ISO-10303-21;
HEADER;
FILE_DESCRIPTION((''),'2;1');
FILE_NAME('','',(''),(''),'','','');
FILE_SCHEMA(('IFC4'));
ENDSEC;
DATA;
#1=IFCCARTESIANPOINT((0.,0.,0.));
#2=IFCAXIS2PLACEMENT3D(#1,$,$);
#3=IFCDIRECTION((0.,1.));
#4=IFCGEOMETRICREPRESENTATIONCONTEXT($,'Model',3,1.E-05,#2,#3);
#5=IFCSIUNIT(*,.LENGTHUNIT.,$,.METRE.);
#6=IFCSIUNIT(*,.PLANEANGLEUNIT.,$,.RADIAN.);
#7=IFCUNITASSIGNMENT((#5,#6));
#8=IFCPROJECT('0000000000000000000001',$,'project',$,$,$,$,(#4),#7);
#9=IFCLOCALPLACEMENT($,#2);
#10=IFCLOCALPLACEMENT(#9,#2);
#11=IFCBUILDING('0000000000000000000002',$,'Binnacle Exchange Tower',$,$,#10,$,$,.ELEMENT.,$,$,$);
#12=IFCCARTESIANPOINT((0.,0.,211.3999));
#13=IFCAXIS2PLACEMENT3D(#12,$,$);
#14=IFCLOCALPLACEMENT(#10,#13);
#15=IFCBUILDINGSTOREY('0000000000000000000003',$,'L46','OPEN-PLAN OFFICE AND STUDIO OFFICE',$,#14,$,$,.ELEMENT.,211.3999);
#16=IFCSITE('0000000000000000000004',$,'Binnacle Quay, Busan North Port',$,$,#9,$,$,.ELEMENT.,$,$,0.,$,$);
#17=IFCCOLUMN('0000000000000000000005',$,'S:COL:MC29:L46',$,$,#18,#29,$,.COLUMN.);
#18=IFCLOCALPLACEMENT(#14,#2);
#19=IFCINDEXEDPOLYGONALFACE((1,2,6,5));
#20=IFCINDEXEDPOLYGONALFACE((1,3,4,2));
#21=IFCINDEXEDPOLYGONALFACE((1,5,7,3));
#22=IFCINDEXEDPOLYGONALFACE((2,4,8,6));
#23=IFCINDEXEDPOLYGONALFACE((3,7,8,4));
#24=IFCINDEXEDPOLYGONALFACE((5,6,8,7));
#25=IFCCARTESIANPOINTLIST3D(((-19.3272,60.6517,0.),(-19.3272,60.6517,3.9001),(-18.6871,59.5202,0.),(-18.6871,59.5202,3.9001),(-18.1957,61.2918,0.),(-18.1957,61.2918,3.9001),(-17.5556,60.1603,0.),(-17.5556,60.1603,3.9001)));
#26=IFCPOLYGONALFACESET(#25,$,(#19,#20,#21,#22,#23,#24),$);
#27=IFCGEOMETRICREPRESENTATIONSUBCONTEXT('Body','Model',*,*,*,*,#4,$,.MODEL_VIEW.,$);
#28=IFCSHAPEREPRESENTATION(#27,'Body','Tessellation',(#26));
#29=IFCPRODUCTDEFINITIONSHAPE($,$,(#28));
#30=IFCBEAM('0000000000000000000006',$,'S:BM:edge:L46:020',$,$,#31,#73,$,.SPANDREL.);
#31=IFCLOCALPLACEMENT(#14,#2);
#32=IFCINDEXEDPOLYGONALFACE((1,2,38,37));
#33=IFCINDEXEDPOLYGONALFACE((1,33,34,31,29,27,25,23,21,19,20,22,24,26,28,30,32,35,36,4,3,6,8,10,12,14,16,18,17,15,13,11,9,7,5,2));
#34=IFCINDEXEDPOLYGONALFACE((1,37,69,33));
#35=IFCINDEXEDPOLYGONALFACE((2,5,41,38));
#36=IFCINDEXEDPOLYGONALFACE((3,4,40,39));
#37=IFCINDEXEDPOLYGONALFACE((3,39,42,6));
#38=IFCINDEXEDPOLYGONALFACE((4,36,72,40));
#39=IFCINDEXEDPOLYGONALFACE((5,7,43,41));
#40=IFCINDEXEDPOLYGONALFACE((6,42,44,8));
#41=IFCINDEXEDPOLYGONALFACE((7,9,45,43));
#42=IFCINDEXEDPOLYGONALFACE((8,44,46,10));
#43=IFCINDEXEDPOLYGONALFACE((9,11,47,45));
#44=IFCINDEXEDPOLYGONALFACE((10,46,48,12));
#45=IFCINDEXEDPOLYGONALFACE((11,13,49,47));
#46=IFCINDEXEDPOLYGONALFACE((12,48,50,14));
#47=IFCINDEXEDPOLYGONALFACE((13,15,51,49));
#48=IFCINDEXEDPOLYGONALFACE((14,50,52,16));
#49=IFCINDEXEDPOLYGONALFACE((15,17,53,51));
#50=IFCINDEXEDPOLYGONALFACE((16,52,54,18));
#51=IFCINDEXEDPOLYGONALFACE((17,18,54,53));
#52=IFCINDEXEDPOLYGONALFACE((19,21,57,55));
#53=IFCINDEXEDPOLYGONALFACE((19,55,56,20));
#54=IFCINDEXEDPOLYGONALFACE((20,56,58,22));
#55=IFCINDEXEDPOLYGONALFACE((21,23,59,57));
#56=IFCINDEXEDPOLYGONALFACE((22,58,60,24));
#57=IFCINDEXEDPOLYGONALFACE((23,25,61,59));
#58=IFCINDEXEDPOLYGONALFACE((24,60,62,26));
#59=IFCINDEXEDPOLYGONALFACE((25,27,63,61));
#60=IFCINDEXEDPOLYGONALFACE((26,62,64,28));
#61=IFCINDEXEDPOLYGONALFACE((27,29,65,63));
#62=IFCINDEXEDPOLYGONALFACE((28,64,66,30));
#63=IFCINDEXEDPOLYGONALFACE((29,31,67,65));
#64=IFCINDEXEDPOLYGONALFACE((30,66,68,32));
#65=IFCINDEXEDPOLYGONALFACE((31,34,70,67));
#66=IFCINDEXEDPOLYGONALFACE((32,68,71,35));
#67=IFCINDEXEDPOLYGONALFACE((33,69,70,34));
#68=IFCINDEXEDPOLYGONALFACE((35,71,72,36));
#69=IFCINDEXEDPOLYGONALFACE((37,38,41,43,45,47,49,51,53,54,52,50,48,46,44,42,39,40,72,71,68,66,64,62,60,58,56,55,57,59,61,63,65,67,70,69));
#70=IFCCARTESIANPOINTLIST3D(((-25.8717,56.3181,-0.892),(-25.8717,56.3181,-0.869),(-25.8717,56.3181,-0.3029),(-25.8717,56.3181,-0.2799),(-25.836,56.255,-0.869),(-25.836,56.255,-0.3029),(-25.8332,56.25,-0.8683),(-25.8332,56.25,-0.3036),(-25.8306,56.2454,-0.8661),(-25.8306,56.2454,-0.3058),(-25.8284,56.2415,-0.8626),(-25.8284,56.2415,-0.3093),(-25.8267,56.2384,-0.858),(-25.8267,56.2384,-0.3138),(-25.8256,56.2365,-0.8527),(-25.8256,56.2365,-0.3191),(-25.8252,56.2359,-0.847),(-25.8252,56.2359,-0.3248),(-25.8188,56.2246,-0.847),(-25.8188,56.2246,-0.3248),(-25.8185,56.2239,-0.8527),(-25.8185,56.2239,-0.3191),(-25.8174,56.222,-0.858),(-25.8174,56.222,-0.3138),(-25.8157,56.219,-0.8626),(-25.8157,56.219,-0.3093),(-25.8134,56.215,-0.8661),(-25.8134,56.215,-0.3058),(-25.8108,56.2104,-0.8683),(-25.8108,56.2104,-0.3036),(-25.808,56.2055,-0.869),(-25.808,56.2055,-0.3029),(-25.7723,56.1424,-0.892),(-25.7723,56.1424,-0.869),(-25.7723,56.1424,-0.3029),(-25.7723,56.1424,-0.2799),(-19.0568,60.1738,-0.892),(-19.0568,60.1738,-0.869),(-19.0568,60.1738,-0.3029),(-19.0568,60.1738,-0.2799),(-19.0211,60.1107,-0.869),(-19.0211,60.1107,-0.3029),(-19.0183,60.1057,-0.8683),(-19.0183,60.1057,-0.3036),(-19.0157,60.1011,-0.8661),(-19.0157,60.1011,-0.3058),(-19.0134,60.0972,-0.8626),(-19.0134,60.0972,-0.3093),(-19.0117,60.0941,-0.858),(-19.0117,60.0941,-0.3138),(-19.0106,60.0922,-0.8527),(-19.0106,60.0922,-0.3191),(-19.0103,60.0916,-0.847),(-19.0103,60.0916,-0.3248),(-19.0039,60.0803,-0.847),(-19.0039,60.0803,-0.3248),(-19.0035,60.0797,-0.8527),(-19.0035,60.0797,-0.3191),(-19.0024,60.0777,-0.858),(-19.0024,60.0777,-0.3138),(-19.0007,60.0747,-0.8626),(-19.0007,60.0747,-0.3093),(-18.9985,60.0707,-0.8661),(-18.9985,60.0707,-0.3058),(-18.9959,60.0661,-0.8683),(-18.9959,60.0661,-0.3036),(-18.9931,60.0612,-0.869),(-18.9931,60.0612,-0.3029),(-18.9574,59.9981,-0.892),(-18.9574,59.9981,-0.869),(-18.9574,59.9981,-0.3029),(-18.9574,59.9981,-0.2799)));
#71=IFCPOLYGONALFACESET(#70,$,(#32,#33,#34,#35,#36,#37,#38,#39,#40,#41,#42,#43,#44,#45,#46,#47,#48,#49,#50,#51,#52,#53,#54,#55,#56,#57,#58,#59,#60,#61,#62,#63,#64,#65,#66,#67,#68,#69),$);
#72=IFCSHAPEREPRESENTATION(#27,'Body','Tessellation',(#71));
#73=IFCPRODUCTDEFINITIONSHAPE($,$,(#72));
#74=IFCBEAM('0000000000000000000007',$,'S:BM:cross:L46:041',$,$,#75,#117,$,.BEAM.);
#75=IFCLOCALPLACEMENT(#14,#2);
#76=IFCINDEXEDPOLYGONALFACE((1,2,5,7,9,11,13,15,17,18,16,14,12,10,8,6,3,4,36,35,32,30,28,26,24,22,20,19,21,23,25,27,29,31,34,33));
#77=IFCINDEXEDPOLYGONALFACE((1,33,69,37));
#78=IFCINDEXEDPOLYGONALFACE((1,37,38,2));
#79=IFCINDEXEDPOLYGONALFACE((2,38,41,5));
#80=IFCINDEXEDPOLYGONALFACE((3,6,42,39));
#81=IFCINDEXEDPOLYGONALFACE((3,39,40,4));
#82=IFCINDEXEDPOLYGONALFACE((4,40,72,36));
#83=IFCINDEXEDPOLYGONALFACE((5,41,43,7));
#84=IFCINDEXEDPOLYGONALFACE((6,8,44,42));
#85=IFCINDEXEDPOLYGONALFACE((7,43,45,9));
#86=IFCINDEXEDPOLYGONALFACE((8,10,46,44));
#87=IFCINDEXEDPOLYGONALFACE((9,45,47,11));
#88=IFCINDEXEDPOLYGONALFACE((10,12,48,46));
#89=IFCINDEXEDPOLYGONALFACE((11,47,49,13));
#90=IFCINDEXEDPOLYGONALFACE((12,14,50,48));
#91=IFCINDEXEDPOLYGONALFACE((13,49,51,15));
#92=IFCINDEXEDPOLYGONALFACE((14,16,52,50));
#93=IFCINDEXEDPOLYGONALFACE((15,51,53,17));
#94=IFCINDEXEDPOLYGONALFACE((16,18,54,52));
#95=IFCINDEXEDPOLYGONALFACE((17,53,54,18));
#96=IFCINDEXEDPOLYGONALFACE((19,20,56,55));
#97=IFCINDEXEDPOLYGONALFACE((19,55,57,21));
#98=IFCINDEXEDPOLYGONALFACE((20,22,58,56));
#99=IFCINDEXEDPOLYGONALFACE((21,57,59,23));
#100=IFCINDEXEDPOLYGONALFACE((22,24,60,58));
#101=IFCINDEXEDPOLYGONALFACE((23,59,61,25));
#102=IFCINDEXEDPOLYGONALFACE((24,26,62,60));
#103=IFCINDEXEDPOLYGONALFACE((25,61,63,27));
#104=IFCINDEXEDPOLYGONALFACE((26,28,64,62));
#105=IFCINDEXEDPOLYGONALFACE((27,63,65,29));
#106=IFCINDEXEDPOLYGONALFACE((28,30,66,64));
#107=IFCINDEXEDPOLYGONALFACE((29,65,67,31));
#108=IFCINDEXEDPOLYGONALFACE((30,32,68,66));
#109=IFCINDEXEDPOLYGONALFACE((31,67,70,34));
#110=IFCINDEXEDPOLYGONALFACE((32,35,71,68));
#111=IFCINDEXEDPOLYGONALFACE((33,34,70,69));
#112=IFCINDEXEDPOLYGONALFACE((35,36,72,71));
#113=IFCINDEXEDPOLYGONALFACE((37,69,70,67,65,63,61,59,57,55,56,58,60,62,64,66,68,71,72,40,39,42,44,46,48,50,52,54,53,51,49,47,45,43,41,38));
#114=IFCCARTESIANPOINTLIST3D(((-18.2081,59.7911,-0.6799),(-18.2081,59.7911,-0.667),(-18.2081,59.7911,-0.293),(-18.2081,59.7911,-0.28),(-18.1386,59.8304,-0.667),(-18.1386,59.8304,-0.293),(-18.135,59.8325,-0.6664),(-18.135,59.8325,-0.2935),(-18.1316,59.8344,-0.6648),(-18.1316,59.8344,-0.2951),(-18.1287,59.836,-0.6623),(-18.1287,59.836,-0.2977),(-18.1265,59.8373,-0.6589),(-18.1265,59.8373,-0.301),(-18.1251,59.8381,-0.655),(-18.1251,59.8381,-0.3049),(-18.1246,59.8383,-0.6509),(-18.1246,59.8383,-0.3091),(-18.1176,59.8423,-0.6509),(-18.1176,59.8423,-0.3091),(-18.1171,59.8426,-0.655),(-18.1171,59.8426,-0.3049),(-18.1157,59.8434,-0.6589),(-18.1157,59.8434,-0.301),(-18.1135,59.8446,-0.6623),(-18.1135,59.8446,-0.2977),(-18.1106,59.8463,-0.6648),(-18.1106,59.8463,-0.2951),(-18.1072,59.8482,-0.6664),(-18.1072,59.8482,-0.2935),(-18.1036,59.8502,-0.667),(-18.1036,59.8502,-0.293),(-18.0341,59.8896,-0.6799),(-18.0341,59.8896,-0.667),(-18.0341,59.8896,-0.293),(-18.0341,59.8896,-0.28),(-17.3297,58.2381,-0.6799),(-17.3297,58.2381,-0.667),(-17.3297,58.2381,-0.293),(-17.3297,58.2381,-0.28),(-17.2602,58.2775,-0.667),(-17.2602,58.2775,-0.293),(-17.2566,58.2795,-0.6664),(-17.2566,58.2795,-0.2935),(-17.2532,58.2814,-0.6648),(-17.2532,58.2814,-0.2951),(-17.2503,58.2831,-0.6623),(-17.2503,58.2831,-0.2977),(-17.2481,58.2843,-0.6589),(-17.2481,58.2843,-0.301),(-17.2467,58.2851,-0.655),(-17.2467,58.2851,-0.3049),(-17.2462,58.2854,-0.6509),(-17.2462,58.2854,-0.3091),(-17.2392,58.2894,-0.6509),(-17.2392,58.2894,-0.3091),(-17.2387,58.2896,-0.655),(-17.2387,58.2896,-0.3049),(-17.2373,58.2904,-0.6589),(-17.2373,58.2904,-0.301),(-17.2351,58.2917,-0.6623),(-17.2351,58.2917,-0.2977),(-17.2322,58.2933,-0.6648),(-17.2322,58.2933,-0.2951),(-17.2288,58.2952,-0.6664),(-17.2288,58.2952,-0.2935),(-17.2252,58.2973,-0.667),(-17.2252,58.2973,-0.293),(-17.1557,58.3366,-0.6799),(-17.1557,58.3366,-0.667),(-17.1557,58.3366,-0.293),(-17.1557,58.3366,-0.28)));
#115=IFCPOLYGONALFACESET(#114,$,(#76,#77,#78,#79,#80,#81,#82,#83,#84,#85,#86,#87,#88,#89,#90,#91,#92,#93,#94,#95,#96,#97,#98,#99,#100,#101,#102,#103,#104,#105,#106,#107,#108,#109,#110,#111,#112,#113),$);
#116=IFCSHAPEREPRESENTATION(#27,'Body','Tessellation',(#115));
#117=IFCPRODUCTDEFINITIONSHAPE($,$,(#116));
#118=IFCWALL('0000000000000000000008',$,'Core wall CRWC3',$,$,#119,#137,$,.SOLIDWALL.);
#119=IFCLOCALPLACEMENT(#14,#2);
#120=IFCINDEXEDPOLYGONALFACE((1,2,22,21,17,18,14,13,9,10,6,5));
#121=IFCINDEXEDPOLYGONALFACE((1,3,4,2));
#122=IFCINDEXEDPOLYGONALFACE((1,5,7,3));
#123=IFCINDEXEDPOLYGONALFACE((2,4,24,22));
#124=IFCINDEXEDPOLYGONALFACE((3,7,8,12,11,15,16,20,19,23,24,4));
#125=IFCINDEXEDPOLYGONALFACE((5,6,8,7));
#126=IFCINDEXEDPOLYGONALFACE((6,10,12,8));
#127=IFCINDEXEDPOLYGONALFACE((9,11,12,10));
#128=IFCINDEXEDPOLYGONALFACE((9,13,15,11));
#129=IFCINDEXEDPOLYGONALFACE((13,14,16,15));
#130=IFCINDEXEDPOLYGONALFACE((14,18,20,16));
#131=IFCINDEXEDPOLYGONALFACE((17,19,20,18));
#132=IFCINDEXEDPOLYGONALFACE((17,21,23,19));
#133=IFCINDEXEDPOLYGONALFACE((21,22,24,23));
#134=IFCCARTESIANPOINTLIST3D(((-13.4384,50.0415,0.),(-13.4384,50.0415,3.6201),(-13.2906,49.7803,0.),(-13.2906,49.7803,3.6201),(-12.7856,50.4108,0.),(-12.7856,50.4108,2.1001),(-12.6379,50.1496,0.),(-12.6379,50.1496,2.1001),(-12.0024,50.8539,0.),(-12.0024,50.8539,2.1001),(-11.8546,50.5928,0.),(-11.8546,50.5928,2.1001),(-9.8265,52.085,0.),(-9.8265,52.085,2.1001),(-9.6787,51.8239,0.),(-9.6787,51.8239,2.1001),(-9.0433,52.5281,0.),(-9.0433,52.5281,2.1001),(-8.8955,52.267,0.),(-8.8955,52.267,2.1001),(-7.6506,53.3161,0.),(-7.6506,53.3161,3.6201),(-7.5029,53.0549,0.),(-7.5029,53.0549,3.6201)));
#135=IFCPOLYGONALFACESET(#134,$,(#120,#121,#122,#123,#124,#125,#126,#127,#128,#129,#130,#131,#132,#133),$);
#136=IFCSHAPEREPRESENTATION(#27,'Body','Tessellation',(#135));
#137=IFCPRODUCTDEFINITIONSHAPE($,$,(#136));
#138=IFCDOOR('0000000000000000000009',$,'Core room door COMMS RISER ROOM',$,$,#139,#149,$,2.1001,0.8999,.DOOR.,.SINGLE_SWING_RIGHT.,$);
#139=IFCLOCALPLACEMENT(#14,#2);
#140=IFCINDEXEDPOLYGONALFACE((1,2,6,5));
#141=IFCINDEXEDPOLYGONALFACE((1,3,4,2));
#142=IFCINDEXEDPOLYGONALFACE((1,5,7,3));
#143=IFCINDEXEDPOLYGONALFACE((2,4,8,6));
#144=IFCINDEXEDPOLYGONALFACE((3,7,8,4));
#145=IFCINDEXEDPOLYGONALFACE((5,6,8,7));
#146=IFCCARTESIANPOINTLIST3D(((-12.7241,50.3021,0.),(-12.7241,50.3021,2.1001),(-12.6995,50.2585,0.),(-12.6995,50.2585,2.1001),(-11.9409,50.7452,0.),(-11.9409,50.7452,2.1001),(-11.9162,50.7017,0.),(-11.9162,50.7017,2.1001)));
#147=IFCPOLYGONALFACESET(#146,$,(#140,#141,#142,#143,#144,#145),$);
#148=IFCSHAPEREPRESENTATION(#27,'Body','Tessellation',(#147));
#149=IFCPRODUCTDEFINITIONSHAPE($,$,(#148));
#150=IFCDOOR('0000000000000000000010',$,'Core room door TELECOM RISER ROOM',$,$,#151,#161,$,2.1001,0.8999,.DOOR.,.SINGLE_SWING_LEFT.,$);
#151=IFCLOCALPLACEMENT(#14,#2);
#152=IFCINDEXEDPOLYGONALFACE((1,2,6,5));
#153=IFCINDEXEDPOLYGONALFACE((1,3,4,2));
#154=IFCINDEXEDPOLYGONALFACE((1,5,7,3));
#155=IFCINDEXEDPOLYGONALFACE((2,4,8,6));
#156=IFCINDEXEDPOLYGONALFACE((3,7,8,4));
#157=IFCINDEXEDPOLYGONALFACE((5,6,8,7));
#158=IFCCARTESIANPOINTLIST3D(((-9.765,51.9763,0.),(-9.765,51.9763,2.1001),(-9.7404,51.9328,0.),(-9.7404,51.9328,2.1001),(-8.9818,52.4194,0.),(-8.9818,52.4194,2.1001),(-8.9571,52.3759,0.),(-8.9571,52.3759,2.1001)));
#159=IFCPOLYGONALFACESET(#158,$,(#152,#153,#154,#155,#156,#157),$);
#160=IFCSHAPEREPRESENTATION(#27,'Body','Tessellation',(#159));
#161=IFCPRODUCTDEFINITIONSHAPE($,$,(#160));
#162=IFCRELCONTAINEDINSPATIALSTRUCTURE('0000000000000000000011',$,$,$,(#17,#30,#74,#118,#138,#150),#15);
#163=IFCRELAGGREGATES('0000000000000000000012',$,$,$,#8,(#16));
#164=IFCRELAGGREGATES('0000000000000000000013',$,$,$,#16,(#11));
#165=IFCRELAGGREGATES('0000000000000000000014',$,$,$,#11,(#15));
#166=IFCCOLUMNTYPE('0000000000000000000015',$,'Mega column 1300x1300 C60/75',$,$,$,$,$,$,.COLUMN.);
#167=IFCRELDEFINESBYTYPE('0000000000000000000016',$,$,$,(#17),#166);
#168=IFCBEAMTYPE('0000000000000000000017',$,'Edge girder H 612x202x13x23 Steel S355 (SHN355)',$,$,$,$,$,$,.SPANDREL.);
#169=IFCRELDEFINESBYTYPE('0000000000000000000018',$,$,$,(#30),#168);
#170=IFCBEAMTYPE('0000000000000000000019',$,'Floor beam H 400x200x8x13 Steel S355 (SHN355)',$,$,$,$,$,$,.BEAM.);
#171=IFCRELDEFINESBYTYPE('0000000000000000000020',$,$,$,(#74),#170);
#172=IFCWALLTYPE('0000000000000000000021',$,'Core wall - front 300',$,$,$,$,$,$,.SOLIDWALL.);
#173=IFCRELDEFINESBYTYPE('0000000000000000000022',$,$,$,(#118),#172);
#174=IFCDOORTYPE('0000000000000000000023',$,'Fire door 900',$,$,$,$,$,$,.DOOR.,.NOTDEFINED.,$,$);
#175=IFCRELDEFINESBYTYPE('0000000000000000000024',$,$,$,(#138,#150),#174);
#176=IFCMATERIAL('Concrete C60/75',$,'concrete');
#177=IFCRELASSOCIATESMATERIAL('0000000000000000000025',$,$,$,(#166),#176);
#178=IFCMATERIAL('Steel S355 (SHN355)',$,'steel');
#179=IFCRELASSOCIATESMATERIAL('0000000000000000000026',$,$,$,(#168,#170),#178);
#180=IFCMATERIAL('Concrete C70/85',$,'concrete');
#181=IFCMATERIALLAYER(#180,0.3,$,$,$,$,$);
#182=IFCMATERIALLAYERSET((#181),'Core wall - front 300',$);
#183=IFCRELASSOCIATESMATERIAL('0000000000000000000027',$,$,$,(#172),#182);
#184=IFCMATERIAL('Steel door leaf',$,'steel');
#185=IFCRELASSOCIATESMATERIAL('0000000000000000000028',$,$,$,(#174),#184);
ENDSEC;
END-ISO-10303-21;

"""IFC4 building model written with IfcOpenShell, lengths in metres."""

from ifc_helpers import new_model, si_unit, direction, frame, frame_2d, origin, origin_2d, place, context, subcontext, project, spatial, rectangle, i_section, extrude, material, layer, layer_set, material_profile, profile_set, type_object, element, fill, save


model = new_model("IFC4")

# Units and contexts
model_context = context("Model", 3, precision=1e-05, world=origin(), true_north=direction((0.0, 1.0)))
body_context = subcontext(model_context, "Body", "Model", "MODEL_VIEW")
ifc_project = project(units=[si_unit("LENGTHUNIT", "METRE"), si_unit("PLANEANGLEUNIT", "RADIAN")], contexts=[model_context])

# Site, building, storey
site_placement = place(None, origin())
site = spatial("IfcSite", under=ifc_project, at=site_placement, Name="Binnacle Quay, Busan North Port", CompositionType="ELEMENT", RefElevation=0.0)
building_placement = place(site_placement, origin())
building = spatial("IfcBuilding", under=site, at=building_placement, Name="Binnacle Exchange Tower", CompositionType="ELEMENT")
storey_placement = place(building_placement, frame((0.0, 0.0, 211.3999)))
storey = spatial("IfcBuildingStorey", under=building, at=storey_placement, Name="L46", Description="OPEN-PLAN OFFICE AND STUDIO OFFICE", CompositionType="ELEMENT", Elevation=211.3999)

# Column
ifc_material_1 = material(Name="Concrete C60/75", Category="concrete")
ifc_material_profile_1 = material_profile(ifc_material_1, rectangle(XDim=1.3, YDim=1.3, at=origin_2d()), Name="Mega column 1300x1300 C60/75")
ifc_profile_set_1 = profile_set([ifc_material_profile_1], Name="Concrete C60/75")
column_type = type_object("IfcColumnType", Name="Mega column 1300x1300 C60/75", PredefinedType="COLUMN", material=ifc_profile_set_1)
column_placement = place(storey_placement, frame((-18.4414, 60.406, 0.0), z_axis=(0.0, 0.0, 1.0), x_axis=(-0.870356, -0.492424, 0.0)))
element("IfcColumn", 1, at=column_placement, inside=storey, type_object=column_type, Name="S:COL:MC29:L46", PredefinedType="COLUMN", context=body_context, shape_type="SweptSolid", body=[
    extrude(rectangle(XDim=1.3, YDim=1.3, at=origin_2d()), origin(), (0.0, 0.0, 1.0), 3.9001),
])

# Beams
ifc_material_2 = material(Name="Steel S355 (SHN355)", Category="steel")
ifc_material_profile_2 = material_profile(ifc_material_2, i_section(OverallWidth=0.2019, OverallDepth=0.6121, WebThickness=0.0129, FlangeThickness=0.0229, FilletRadius=0.022, at=origin_2d()), Name="H 612x202x13x23")
ifc_profile_set_2 = profile_set([ifc_material_profile_2], Name="Steel S355 (SHN355)")
beam_type_1 = type_object("IfcBeamType", Name="Edge girder H 612x202x13x23 Steel S355 (SHN355)", PredefinedType="SPANDREL", material=ifc_profile_set_2)
beam_1_placement = place(storey_placement, frame((-19.0071, 60.0859, -0.5859), z_axis=(-0.870355, -0.492424, 0.0), x_axis=(0.492424, -0.870355, 0.0)))
element("IfcBeam", 2, at=beam_1_placement, inside=storey, type_object=beam_type_1, Name="S:BM:edge:L46:020", PredefinedType="SPANDREL", context=body_context, shape_type="SweptSolid", body=[
    extrude(i_section(OverallWidth=0.2019, OverallDepth=0.6121, WebThickness=0.0129, FlangeThickness=0.0229, FilletRadius=0.022, at=origin_2d()), origin(), (0.0, 0.0, 1.0), 7.8301),
])
ifc_material_profile_3 = material_profile(ifc_material_2, i_section(OverallWidth=0.2, OverallDepth=0.3999, WebThickness=0.0081, FlangeThickness=0.0129, FilletRadius=0.0161, at=origin_2d()), Name="H 400x200x8x13")
ifc_profile_set_3 = profile_set([ifc_material_profile_3], Name="Steel S355 (SHN355)")
beam_type_2 = type_object("IfcBeamType", Name="Floor beam H 400x200x8x13 Steel S355 (SHN355)", PredefinedType="BEAM", material=ifc_profile_set_3)
beam_2_placement = place(storey_placement, frame((-18.1211, 59.8403, -0.48), z_axis=(0.492332, -0.870407, 0.0), x_axis=(0.870407, 0.492332, 0.0)))
element("IfcBeam", 3, at=beam_2_placement, inside=storey, type_object=beam_type_2, Name="S:BM:cross:L46:041", PredefinedType="BEAM", context=body_context, shape_type="SweptSolid", body=[
    extrude(i_section(OverallWidth=0.2, OverallDepth=0.3999, WebThickness=0.0081, FlangeThickness=0.0129, FilletRadius=0.0161, at=origin_2d()), origin(), (0.0, 0.0, 1.0), 1.7842),
])

# Wall, openings, doors
ifc_material_3 = material(Name="Concrete C70/85", Category="concrete")
ifc_layer_1 = layer(ifc_material_3, 0.3)
ifc_layer_set_1 = layer_set([ifc_layer_1], Name="Core wall - front 300")
wall_type_1 = type_object("IfcWallType", Name="Core wall - front 300", PredefinedType="SOLIDWALL", material=ifc_layer_set_1)
wall_1_placement = place(storey_placement, frame((-13.3645, 49.9109, 0.0), z_axis=(0.0, 0.0, 1.0), x_axis=(0.870352, 0.49243, 0.0)))
wall_1 = element("IfcWall", 4, at=wall_1_placement, inside=storey, type_object=wall_type_1, Name="Core wall CRWC3", PredefinedType="SOLIDWALL", context=body_context, shape_type="SweptSolid", body=[
    extrude(rectangle(XDim=6.6499, YDim=0.3, at=frame_2d((3.325, 0.0))), origin(), (0.0, 0.0, 1.0), 3.6201),
])
opening_1_placement = place(wall_1_placement, frame((0.75, 0.0, 0.0)))
opening_1 = element("IfcOpeningElement", 5, at=opening_1_placement, cuts=wall_1, PredefinedType="OPENING", context=body_context, shape_type="SweptSolid", body=[
    extrude(rectangle(XDim=0.8999, YDim=2.1001, at=frame_2d((0.45, 1.05))), frame((0.0, 0.1599, 0.0), z_axis=(0.0, -1.0, 0.0), x_axis=(1.0, 0.0, 0.0)), (0.0, 0.0, 1.0), 0.3201),
])
opening_2_placement = place(wall_1_placement, frame((4.1499, 0.0, 0.0)))
opening_2 = element("IfcOpeningElement", 6, at=opening_2_placement, cuts=wall_1, PredefinedType="OPENING", context=body_context, shape_type="SweptSolid", body=[
    extrude(rectangle(XDim=0.8999, YDim=2.1001, at=frame_2d((0.45, 1.05))), frame((0.0, 0.1599, 0.0), z_axis=(0.0, -1.0, 0.0), x_axis=(1.0, 0.0, 0.0)), (0.0, 0.0, 1.0), 0.3201),
])
ifc_material_4 = material(Name="Steel door leaf", Category="steel")
door_type_1 = type_object("IfcDoorType", Name="Fire door 900", OperationType="NOTDEFINED", PredefinedType="DOOR", material=ifc_material_4)
door_1_placement = place(opening_1_placement, frame((0.8999, 0.0, 0.0), z_axis=(0.0, 0.0, 1.0), x_axis=(-1.0, 0.0, 0.0)))
door_1 = element("IfcDoor", 7, at=door_1_placement, inside=storey, type_object=door_type_1, Name="Core room door COMMS RISER ROOM", OperationType="SINGLE_SWING_RIGHT", OverallHeight=2.1001, OverallWidth=0.8999, PredefinedType="DOOR", context=body_context, shape_type="SweptSolid", body=[
    extrude(rectangle(XDim=0.8999, YDim=2.1001, at=frame_2d((0.45, 1.05))), frame((0.0, 0.0249, 0.0), z_axis=(0.0, -1.0, 0.0), x_axis=(1.0, 0.0, 0.0)), (0.0, 0.0, 1.0), 0.05),
])
fill(opening_1, door_1)
door_2_placement = place(opening_2_placement, frame((0.8999, 0.0, 0.0), z_axis=(0.0, 0.0, 1.0), x_axis=(-1.0, 0.0, 0.0)))
door_2 = element("IfcDoor", 8, at=door_2_placement, inside=storey, type_object=door_type_1, Name="Core room door TELECOM RISER ROOM", OperationType="SINGLE_SWING_LEFT", OverallHeight=2.1001, OverallWidth=0.8999, PredefinedType="DOOR", context=body_context, shape_type="SweptSolid", body=[
    extrude(rectangle(XDim=0.8999, YDim=2.1001, at=frame_2d((0.45, 1.05))), frame((0.0, 0.0249, 0.0), z_axis=(0.0, -1.0, 0.0), x_axis=(1.0, 0.0, 0.0)), (0.0, 0.0, 1.0), 0.05),
])
fill(opening_2, door_2)

save(model, "model.ifc")
